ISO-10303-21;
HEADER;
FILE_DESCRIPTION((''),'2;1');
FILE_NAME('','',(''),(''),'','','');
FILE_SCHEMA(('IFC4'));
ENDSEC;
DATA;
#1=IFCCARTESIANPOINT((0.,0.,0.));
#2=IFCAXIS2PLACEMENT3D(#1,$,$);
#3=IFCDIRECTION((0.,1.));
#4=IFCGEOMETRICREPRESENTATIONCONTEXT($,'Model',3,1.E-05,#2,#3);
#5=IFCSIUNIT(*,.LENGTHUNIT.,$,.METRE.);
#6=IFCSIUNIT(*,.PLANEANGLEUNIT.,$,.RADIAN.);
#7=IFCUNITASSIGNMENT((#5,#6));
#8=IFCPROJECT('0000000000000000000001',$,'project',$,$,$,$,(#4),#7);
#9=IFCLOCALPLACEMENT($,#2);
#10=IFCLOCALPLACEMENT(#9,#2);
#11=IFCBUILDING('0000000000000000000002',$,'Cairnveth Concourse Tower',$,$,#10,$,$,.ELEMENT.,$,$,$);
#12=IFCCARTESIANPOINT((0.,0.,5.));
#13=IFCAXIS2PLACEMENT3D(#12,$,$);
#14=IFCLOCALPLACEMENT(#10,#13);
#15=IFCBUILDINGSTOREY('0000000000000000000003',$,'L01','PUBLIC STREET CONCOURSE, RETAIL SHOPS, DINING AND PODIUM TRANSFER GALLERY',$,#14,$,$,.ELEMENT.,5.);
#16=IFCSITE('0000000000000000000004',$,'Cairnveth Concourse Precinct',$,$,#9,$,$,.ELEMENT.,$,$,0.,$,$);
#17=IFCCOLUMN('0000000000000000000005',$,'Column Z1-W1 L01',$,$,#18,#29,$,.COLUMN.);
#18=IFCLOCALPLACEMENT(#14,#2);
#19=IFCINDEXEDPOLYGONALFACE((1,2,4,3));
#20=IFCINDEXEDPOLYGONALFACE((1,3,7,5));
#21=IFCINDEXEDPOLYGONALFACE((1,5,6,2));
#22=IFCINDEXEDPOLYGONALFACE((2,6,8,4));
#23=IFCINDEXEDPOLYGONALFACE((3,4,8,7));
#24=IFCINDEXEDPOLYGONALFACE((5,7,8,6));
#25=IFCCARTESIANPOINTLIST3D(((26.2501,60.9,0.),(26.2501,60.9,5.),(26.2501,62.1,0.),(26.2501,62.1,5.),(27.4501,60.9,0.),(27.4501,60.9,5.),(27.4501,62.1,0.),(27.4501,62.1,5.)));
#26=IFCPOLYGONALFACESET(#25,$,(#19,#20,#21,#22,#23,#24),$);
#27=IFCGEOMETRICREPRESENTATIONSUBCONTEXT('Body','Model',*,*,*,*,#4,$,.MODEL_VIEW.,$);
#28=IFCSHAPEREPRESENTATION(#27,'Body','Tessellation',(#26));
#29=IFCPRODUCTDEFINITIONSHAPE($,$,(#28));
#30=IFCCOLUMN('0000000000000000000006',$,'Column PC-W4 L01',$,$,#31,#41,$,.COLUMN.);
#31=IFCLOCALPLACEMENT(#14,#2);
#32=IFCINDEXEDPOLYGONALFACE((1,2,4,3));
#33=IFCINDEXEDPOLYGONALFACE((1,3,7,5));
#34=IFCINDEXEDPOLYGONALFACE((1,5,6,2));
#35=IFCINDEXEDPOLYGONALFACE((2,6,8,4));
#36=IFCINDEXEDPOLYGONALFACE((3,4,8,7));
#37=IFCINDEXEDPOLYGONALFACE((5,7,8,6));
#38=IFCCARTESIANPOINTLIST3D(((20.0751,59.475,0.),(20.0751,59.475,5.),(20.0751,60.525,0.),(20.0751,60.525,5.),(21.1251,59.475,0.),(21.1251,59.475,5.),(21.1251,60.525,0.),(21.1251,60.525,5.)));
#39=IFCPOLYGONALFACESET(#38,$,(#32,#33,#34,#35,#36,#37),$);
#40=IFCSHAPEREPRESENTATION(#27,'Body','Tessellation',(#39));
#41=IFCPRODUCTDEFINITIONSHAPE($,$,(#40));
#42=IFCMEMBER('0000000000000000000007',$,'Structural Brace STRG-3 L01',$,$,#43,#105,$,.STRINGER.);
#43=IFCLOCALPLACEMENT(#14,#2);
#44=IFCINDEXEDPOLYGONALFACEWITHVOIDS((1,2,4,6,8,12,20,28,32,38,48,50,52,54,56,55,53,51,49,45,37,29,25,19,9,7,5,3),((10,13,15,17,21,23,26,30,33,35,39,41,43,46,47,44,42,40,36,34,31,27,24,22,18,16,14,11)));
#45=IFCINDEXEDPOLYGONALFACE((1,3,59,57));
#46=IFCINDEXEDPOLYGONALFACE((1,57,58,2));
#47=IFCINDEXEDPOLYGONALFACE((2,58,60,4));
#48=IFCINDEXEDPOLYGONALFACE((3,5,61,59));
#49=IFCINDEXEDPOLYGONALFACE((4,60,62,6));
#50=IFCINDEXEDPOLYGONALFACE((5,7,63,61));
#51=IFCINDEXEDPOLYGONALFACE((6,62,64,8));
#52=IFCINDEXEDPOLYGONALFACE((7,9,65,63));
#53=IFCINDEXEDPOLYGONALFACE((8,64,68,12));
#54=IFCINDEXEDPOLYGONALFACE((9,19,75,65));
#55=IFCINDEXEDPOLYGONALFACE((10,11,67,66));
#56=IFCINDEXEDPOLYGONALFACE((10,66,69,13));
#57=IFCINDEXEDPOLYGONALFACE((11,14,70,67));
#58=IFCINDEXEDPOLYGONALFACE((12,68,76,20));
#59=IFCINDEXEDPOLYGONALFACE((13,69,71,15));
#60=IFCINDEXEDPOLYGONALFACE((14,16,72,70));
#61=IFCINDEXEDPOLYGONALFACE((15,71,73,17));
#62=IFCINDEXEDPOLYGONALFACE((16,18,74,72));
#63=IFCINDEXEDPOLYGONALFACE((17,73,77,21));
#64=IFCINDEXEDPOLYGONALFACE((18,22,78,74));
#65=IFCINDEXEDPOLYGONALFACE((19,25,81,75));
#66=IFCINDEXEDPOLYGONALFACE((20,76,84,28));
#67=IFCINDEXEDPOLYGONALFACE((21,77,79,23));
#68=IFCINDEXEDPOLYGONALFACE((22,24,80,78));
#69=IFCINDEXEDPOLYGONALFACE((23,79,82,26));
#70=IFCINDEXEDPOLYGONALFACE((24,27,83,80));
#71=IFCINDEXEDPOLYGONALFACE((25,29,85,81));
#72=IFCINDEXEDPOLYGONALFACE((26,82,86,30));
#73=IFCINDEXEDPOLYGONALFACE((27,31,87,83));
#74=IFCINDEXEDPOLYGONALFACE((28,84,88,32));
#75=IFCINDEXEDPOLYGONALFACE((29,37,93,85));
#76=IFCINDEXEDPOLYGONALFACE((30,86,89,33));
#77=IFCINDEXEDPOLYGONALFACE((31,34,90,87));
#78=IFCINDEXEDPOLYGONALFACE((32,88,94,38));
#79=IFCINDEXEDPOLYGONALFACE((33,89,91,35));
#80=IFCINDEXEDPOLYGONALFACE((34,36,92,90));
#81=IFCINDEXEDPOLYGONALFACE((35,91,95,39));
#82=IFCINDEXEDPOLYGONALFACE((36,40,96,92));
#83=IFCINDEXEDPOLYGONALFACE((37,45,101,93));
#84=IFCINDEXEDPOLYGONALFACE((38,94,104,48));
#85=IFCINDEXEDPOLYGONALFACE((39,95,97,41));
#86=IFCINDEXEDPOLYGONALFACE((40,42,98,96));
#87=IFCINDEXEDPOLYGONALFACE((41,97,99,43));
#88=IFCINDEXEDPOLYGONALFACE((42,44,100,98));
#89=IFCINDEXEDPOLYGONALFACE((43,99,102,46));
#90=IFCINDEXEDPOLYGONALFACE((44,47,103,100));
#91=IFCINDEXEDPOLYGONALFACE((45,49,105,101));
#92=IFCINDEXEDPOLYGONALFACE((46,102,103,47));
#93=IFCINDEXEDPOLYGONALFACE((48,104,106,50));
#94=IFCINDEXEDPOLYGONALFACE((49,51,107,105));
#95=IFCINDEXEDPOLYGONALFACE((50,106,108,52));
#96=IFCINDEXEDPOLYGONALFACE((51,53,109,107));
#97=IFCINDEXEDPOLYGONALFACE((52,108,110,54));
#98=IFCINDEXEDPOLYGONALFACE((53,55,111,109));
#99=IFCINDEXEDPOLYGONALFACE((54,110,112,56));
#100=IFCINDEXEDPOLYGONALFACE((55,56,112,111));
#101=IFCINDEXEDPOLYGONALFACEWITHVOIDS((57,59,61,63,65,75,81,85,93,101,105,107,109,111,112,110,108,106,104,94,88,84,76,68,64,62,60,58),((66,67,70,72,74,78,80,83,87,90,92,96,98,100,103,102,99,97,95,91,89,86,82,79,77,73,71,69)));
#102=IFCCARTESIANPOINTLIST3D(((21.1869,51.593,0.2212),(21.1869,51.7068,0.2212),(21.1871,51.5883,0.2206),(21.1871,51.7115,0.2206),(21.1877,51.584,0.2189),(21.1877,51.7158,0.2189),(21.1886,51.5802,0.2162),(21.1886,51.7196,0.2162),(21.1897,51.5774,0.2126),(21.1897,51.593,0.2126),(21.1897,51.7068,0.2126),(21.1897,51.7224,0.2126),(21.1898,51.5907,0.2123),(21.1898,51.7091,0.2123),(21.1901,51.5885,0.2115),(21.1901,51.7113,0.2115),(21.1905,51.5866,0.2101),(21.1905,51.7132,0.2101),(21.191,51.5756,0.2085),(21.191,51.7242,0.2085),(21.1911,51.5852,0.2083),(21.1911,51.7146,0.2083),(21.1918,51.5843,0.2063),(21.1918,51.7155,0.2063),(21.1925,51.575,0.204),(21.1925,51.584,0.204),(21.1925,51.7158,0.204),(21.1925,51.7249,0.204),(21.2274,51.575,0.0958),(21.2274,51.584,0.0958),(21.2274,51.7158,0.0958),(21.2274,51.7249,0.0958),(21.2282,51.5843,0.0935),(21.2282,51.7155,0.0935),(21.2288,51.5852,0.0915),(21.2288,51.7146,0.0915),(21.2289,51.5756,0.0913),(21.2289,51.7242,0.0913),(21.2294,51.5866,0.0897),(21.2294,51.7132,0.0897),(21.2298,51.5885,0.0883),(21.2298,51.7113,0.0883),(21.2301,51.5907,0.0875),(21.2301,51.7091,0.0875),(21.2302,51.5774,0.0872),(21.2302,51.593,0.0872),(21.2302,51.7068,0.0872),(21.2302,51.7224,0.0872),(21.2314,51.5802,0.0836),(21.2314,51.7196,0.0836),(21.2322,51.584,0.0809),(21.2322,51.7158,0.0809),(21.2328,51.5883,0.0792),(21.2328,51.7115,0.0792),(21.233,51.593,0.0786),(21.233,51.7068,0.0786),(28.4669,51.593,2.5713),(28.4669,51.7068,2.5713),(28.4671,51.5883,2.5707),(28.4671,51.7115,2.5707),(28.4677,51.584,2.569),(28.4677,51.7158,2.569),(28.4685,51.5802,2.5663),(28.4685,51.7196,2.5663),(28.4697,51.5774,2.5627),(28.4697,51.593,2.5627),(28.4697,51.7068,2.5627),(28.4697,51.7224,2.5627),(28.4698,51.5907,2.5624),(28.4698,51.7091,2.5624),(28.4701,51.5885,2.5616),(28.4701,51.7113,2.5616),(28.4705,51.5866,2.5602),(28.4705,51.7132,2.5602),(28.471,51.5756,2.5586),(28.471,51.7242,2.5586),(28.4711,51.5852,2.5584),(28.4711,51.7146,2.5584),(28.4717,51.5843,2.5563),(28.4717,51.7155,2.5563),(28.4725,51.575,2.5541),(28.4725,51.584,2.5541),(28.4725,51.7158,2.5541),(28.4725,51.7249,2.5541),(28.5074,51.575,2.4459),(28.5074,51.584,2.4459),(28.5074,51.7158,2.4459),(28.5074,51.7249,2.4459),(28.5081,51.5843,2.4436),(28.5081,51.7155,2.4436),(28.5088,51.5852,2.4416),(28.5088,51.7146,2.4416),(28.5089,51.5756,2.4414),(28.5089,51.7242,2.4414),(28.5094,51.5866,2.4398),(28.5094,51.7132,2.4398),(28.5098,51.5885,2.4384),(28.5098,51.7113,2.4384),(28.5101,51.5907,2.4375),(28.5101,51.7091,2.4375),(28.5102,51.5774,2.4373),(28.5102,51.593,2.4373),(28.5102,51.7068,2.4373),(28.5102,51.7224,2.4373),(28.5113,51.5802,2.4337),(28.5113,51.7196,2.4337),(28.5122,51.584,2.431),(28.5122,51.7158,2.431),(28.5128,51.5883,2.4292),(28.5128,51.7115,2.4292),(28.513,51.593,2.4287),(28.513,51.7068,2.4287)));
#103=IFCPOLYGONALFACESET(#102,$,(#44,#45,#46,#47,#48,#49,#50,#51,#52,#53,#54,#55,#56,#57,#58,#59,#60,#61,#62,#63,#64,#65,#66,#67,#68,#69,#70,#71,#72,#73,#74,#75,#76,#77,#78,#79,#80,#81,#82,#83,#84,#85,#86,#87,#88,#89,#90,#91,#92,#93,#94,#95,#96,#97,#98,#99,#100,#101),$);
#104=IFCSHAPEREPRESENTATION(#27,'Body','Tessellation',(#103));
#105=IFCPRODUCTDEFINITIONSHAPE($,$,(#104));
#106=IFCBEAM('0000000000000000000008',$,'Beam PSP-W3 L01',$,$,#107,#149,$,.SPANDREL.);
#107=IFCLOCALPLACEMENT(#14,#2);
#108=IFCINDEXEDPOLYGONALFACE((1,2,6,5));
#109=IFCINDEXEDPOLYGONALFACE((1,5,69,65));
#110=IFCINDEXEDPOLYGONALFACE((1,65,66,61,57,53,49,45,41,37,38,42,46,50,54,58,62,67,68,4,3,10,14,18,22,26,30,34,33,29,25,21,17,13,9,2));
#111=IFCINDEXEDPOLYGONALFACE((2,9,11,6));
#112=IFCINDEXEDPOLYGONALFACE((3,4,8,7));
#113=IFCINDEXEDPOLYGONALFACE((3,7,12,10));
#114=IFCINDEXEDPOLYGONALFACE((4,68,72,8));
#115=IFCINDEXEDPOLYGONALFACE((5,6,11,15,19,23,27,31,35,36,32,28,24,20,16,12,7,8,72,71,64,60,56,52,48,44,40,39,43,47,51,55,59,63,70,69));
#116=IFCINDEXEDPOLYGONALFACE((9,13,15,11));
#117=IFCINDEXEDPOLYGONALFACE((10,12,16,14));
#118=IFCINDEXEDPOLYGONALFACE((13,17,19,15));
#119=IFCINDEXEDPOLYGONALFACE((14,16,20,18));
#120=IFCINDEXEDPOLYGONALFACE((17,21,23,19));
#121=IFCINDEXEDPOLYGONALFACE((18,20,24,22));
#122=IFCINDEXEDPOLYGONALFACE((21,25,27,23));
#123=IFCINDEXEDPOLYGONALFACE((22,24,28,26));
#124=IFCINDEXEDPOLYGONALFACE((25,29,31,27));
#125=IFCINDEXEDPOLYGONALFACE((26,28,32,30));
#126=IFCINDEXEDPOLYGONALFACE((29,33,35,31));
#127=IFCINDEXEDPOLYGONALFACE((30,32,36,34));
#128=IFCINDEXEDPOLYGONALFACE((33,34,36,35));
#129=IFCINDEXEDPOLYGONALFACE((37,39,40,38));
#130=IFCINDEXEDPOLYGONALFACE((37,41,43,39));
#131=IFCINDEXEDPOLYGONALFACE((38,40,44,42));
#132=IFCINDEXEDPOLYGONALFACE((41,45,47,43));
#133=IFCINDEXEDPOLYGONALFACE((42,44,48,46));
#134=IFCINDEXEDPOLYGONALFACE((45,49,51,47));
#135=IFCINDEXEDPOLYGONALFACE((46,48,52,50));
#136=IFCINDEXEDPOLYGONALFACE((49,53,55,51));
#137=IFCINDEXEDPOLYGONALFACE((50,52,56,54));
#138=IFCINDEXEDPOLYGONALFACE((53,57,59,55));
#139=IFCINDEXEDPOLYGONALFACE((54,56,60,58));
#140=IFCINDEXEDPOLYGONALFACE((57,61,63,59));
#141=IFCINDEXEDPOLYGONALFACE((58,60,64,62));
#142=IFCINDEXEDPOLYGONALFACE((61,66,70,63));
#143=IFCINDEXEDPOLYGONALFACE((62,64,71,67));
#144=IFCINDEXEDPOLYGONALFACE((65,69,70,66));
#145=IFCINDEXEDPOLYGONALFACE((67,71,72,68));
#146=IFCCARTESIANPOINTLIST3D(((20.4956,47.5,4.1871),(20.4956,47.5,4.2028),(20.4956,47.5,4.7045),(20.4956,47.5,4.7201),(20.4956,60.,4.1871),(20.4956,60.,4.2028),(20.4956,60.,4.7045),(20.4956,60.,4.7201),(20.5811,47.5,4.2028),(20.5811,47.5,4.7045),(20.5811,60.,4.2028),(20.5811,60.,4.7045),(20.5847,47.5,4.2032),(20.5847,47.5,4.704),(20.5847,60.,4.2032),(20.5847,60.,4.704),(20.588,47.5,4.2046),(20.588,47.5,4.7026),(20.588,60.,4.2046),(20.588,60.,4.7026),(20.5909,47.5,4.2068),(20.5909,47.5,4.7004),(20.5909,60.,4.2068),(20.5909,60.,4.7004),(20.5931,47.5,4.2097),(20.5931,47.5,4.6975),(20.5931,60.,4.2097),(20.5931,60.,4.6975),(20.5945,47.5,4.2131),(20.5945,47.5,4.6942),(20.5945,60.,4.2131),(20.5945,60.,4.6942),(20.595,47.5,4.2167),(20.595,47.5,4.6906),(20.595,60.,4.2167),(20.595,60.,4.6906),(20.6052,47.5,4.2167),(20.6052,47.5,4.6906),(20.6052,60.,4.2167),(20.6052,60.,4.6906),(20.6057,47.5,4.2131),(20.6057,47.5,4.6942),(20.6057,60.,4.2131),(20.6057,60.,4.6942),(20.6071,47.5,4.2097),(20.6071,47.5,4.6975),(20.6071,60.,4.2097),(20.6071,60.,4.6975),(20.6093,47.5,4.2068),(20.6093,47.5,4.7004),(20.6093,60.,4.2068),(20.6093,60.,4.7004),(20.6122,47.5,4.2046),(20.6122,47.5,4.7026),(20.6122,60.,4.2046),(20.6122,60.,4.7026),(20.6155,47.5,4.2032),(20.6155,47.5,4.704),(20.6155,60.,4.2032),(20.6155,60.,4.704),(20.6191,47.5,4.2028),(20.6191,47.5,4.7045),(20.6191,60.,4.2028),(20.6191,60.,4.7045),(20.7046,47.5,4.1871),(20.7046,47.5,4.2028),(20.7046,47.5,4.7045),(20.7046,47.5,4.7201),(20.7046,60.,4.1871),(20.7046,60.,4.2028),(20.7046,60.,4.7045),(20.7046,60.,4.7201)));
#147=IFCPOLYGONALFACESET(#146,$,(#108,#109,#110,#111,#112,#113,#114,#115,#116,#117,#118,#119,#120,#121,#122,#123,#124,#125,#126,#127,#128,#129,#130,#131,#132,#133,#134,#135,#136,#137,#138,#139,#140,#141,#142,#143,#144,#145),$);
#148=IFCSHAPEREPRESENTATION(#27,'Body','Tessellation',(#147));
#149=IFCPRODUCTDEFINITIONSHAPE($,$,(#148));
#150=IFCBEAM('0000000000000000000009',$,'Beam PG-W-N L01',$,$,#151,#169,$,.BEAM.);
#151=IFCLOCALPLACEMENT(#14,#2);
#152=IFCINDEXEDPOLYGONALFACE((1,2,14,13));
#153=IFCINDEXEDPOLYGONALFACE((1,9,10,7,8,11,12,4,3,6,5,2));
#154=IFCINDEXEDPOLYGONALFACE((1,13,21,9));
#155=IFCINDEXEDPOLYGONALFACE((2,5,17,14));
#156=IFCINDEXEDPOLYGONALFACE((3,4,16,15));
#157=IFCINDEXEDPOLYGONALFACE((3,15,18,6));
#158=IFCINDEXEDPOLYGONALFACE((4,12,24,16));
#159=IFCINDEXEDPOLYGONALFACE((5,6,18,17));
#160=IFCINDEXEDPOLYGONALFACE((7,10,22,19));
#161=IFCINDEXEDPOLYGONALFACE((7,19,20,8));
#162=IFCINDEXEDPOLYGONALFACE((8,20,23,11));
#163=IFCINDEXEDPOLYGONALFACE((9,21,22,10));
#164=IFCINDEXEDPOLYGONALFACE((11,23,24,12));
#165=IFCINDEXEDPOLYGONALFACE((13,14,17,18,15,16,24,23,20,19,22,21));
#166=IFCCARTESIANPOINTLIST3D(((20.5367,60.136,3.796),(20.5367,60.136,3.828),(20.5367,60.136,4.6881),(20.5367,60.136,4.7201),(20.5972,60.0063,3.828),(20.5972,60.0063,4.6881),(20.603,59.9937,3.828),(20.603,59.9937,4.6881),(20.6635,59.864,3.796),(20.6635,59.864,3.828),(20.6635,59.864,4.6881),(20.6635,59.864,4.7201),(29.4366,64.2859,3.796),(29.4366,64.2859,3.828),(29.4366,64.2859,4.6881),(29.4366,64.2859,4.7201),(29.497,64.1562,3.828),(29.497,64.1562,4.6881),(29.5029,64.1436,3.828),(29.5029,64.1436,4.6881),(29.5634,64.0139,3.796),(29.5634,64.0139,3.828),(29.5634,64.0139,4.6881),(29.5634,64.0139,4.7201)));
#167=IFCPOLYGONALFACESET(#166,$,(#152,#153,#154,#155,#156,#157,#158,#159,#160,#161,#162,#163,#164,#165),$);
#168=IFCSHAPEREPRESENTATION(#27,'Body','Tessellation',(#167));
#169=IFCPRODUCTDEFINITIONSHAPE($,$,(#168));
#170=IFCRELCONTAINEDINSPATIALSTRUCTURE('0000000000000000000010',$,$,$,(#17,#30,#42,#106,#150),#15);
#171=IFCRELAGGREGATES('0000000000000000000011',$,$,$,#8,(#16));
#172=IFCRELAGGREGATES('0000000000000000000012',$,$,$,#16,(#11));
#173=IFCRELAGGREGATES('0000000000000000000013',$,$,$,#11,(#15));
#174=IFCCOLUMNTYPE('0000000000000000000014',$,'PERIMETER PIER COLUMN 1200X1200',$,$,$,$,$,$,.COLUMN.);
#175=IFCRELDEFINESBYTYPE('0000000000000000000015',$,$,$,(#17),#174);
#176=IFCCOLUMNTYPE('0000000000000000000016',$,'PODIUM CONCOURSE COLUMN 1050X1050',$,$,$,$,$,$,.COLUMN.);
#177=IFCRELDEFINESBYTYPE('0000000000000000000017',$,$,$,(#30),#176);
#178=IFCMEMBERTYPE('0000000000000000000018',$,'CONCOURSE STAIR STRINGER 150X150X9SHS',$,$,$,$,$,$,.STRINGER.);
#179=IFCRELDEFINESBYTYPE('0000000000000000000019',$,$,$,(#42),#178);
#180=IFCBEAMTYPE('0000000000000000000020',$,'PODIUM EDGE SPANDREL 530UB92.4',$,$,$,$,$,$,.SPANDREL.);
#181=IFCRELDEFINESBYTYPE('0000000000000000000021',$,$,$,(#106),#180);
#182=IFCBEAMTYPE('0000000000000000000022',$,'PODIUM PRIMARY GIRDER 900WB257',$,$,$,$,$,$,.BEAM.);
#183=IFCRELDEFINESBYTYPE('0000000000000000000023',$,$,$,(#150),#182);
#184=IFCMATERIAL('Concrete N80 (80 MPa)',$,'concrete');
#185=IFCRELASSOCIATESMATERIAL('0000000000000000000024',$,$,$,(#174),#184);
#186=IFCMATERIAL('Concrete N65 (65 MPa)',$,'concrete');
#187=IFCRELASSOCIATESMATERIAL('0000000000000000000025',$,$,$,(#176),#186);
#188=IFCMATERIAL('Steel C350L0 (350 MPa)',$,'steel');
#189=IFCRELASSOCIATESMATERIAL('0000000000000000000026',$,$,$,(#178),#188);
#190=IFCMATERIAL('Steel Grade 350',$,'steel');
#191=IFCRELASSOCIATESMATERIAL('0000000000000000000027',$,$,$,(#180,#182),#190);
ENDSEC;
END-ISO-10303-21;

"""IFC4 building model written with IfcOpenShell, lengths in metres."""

from ifc_helpers import new_model, si_unit, direction, frame, origin, origin_2d, place, context, subcontext, project, spatial, rectangle, hollow_rectangle, i_section, extrude, material, material_profile, profile_set, type_object, element, save


model = new_model("IFC4")

# Units and contexts
model_context = context("Model", 3, precision=1e-05, world=origin(), true_north=direction((0.0, 1.0)))
body_context = subcontext(model_context, "Body", "Model", "MODEL_VIEW")
ifc_project = project(units=[si_unit("LENGTHUNIT", "METRE"), si_unit("PLANEANGLEUNIT", "RADIAN")], contexts=[model_context])

# Site, building, storey
site_placement = place(None, origin())
site = spatial("IfcSite", under=ifc_project, at=site_placement, Name="Cairnveth Concourse Precinct", CompositionType="ELEMENT", RefElevation=0.0)
building_placement = place(site_placement, origin())
building = spatial("IfcBuilding", under=site, at=building_placement, Name="Cairnveth Concourse Tower", CompositionType="ELEMENT")
storey_placement = place(building_placement, frame((0.0, 0.0, 5.0)))
storey = spatial("IfcBuildingStorey", under=building, at=storey_placement, Name="L01", Description="PUBLIC STREET CONCOURSE, RETAIL SHOPS, DINING AND PODIUM TRANSFER GALLERY", CompositionType="ELEMENT", Elevation=5.0)

# Columns
ifc_material_1 = material(Name="Concrete N80 (80 MPa)", Category="concrete")
ifc_material_profile_1 = material_profile(ifc_material_1, rectangle(XDim=1.2, YDim=1.2, at=origin_2d()), Name="RC-COL-1200x1200")
ifc_profile_set_1 = profile_set([ifc_material_profile_1], Name="Concrete N80 (80 MPa)")
column_type_1 = type_object("IfcColumnType", Name="PERIMETER PIER COLUMN 1200X1200", PredefinedType="COLUMN", material=ifc_profile_set_1)
column_1_placement = place(storey_placement, frame((26.8501, 61.5, 0.0), z_axis=(0.0, 0.0, 1.0), x_axis=(1.0, 0.0, 0.0)))
element("IfcColumn", 1, at=column_1_placement, inside=storey, type_object=column_type_1, Name="Column Z1-W1 L01", PredefinedType="COLUMN", context=body_context, shape_type="SweptSolid", body=[
    extrude(rectangle(XDim=1.2, YDim=1.2, at=origin_2d()), origin(), (0.0, 0.0, 1.0), 5.0),
])
ifc_material_2 = material(Name="Concrete N65 (65 MPa)", Category="concrete")
ifc_material_profile_2 = material_profile(ifc_material_2, rectangle(XDim=1.05, YDim=1.05, at=origin_2d()), Name="RC-COL-1050x1050")
ifc_profile_set_2 = profile_set([ifc_material_profile_2], Name="Concrete N65 (65 MPa)")
column_type_2 = type_object("IfcColumnType", Name="PODIUM CONCOURSE COLUMN 1050X1050", PredefinedType="COLUMN", material=ifc_profile_set_2)
column_2_placement = place(storey_placement, frame((20.6001, 60.0, 0.0), z_axis=(0.0, 0.0, 1.0), x_axis=(1.0, 0.0, 0.0)))
element("IfcColumn", 2, at=column_2_placement, inside=storey, type_object=column_type_2, Name="Column PC-W4 L01", PredefinedType="COLUMN", context=body_context, shape_type="SweptSolid", body=[
    extrude(rectangle(XDim=1.05, YDim=1.05, at=origin_2d()), origin(), (0.0, 0.0, 1.0), 5.0),
])

# Member
ifc_material_3 = material(Name="Steel C350L0 (350 MPa)", Category="steel")
ifc_material_profile_3 = material_profile(ifc_material_3, hollow_rectangle(XDim=0.1499, YDim=0.1499, WallThickness=0.009, InnerFilletRadius=0.009, OuterFilletRadius=0.0181, at=origin_2d()), Name="150x150x9.0SHS")
ifc_profile_set_3 = profile_set([ifc_material_profile_3], Name="Steel C350L0 (350 MPa)")
member_type = type_object("IfcMemberType", Name="CONCOURSE STAIR STRINGER 150X150X9SHS", PredefinedType="STRINGER", material=ifc_profile_set_3)
member_placement = place(storey_placement, frame((21.21, 51.6499, 0.1499), z_axis=(0.951644, 0.0, 0.307204), x_axis=(0.0, 1.0, 0.0)))
element("IfcMember", 3, at=member_placement, inside=storey, type_object=member_type, Name="Structural Brace STRG-3 L01", PredefinedType="STRINGER", context=body_context, shape_type="SweptSolid", body=[
    extrude(hollow_rectangle(XDim=0.1499, YDim=0.1499, WallThickness=0.009, InnerFilletRadius=0.009, OuterFilletRadius=0.0181, at=origin_2d()), origin(), (0.0, 0.0, 1.0), 7.6499),
])

# Beams
ifc_material_4 = material(Name="Steel Grade 350", Category="steel")
ifc_material_profile_4 = material_profile(ifc_material_4, i_section(OverallWidth=0.209, OverallDepth=0.533, WebThickness=0.0103, FlangeThickness=0.0156, FilletRadius=0.0139, at=origin_2d()), Name="530UB92.4")
ifc_profile_set_4 = profile_set([ifc_material_profile_4], Name="Steel Grade 350")
beam_type_1 = type_object("IfcBeamType", Name="PODIUM EDGE SPANDREL 530UB92.4", PredefinedType="SPANDREL", material=ifc_profile_set_4)
beam_1_placement = place(storey_placement, frame((20.6001, 47.5, 4.4536), z_axis=(0.0, 1.0, 0.0), x_axis=(-1.0, 0.0, 0.0)))
element("IfcBeam", 4, at=beam_1_placement, inside=storey, type_object=beam_type_1, Name="Beam PSP-W3 L01", PredefinedType="SPANDREL", context=body_context, shape_type="SweptSolid", body=[
    extrude(i_section(OverallWidth=0.209, OverallDepth=0.533, WebThickness=0.0103, FlangeThickness=0.0156, FilletRadius=0.0139, at=origin_2d()), origin(), (0.0, 0.0, 1.0), 12.5),
])
ifc_material_profile_5 = material_profile(ifc_material_4, i_section(OverallWidth=0.3, OverallDepth=0.9241, WebThickness=0.0139, FlangeThickness=0.032, at=origin_2d()), Name="900WB257")
ifc_profile_set_5 = profile_set([ifc_material_profile_5], Name="Steel Grade 350")
beam_type_2 = type_object("IfcBeamType", Name="PODIUM PRIMARY GIRDER 900WB257", PredefinedType="BEAM", material=ifc_profile_set_5)
beam_2_placement = place(storey_placement, frame((20.6001, 60.0, 4.2581), z_axis=(0.906315, 0.422602, 0.0), x_axis=(-0.422602, 0.906315, 0.0)))
element("IfcBeam", 5, at=beam_2_placement, inside=storey, type_object=beam_type_2, Name="Beam PG-W-N L01", PredefinedType="BEAM", context=body_context, shape_type="SweptSolid", body=[
    extrude(i_section(OverallWidth=0.3, OverallDepth=0.9241, WebThickness=0.0139, FlangeThickness=0.032, at=origin_2d()), origin(), (0.0, 0.0, 1.0), 9.8198),
])

save(model, "model.ifc")
